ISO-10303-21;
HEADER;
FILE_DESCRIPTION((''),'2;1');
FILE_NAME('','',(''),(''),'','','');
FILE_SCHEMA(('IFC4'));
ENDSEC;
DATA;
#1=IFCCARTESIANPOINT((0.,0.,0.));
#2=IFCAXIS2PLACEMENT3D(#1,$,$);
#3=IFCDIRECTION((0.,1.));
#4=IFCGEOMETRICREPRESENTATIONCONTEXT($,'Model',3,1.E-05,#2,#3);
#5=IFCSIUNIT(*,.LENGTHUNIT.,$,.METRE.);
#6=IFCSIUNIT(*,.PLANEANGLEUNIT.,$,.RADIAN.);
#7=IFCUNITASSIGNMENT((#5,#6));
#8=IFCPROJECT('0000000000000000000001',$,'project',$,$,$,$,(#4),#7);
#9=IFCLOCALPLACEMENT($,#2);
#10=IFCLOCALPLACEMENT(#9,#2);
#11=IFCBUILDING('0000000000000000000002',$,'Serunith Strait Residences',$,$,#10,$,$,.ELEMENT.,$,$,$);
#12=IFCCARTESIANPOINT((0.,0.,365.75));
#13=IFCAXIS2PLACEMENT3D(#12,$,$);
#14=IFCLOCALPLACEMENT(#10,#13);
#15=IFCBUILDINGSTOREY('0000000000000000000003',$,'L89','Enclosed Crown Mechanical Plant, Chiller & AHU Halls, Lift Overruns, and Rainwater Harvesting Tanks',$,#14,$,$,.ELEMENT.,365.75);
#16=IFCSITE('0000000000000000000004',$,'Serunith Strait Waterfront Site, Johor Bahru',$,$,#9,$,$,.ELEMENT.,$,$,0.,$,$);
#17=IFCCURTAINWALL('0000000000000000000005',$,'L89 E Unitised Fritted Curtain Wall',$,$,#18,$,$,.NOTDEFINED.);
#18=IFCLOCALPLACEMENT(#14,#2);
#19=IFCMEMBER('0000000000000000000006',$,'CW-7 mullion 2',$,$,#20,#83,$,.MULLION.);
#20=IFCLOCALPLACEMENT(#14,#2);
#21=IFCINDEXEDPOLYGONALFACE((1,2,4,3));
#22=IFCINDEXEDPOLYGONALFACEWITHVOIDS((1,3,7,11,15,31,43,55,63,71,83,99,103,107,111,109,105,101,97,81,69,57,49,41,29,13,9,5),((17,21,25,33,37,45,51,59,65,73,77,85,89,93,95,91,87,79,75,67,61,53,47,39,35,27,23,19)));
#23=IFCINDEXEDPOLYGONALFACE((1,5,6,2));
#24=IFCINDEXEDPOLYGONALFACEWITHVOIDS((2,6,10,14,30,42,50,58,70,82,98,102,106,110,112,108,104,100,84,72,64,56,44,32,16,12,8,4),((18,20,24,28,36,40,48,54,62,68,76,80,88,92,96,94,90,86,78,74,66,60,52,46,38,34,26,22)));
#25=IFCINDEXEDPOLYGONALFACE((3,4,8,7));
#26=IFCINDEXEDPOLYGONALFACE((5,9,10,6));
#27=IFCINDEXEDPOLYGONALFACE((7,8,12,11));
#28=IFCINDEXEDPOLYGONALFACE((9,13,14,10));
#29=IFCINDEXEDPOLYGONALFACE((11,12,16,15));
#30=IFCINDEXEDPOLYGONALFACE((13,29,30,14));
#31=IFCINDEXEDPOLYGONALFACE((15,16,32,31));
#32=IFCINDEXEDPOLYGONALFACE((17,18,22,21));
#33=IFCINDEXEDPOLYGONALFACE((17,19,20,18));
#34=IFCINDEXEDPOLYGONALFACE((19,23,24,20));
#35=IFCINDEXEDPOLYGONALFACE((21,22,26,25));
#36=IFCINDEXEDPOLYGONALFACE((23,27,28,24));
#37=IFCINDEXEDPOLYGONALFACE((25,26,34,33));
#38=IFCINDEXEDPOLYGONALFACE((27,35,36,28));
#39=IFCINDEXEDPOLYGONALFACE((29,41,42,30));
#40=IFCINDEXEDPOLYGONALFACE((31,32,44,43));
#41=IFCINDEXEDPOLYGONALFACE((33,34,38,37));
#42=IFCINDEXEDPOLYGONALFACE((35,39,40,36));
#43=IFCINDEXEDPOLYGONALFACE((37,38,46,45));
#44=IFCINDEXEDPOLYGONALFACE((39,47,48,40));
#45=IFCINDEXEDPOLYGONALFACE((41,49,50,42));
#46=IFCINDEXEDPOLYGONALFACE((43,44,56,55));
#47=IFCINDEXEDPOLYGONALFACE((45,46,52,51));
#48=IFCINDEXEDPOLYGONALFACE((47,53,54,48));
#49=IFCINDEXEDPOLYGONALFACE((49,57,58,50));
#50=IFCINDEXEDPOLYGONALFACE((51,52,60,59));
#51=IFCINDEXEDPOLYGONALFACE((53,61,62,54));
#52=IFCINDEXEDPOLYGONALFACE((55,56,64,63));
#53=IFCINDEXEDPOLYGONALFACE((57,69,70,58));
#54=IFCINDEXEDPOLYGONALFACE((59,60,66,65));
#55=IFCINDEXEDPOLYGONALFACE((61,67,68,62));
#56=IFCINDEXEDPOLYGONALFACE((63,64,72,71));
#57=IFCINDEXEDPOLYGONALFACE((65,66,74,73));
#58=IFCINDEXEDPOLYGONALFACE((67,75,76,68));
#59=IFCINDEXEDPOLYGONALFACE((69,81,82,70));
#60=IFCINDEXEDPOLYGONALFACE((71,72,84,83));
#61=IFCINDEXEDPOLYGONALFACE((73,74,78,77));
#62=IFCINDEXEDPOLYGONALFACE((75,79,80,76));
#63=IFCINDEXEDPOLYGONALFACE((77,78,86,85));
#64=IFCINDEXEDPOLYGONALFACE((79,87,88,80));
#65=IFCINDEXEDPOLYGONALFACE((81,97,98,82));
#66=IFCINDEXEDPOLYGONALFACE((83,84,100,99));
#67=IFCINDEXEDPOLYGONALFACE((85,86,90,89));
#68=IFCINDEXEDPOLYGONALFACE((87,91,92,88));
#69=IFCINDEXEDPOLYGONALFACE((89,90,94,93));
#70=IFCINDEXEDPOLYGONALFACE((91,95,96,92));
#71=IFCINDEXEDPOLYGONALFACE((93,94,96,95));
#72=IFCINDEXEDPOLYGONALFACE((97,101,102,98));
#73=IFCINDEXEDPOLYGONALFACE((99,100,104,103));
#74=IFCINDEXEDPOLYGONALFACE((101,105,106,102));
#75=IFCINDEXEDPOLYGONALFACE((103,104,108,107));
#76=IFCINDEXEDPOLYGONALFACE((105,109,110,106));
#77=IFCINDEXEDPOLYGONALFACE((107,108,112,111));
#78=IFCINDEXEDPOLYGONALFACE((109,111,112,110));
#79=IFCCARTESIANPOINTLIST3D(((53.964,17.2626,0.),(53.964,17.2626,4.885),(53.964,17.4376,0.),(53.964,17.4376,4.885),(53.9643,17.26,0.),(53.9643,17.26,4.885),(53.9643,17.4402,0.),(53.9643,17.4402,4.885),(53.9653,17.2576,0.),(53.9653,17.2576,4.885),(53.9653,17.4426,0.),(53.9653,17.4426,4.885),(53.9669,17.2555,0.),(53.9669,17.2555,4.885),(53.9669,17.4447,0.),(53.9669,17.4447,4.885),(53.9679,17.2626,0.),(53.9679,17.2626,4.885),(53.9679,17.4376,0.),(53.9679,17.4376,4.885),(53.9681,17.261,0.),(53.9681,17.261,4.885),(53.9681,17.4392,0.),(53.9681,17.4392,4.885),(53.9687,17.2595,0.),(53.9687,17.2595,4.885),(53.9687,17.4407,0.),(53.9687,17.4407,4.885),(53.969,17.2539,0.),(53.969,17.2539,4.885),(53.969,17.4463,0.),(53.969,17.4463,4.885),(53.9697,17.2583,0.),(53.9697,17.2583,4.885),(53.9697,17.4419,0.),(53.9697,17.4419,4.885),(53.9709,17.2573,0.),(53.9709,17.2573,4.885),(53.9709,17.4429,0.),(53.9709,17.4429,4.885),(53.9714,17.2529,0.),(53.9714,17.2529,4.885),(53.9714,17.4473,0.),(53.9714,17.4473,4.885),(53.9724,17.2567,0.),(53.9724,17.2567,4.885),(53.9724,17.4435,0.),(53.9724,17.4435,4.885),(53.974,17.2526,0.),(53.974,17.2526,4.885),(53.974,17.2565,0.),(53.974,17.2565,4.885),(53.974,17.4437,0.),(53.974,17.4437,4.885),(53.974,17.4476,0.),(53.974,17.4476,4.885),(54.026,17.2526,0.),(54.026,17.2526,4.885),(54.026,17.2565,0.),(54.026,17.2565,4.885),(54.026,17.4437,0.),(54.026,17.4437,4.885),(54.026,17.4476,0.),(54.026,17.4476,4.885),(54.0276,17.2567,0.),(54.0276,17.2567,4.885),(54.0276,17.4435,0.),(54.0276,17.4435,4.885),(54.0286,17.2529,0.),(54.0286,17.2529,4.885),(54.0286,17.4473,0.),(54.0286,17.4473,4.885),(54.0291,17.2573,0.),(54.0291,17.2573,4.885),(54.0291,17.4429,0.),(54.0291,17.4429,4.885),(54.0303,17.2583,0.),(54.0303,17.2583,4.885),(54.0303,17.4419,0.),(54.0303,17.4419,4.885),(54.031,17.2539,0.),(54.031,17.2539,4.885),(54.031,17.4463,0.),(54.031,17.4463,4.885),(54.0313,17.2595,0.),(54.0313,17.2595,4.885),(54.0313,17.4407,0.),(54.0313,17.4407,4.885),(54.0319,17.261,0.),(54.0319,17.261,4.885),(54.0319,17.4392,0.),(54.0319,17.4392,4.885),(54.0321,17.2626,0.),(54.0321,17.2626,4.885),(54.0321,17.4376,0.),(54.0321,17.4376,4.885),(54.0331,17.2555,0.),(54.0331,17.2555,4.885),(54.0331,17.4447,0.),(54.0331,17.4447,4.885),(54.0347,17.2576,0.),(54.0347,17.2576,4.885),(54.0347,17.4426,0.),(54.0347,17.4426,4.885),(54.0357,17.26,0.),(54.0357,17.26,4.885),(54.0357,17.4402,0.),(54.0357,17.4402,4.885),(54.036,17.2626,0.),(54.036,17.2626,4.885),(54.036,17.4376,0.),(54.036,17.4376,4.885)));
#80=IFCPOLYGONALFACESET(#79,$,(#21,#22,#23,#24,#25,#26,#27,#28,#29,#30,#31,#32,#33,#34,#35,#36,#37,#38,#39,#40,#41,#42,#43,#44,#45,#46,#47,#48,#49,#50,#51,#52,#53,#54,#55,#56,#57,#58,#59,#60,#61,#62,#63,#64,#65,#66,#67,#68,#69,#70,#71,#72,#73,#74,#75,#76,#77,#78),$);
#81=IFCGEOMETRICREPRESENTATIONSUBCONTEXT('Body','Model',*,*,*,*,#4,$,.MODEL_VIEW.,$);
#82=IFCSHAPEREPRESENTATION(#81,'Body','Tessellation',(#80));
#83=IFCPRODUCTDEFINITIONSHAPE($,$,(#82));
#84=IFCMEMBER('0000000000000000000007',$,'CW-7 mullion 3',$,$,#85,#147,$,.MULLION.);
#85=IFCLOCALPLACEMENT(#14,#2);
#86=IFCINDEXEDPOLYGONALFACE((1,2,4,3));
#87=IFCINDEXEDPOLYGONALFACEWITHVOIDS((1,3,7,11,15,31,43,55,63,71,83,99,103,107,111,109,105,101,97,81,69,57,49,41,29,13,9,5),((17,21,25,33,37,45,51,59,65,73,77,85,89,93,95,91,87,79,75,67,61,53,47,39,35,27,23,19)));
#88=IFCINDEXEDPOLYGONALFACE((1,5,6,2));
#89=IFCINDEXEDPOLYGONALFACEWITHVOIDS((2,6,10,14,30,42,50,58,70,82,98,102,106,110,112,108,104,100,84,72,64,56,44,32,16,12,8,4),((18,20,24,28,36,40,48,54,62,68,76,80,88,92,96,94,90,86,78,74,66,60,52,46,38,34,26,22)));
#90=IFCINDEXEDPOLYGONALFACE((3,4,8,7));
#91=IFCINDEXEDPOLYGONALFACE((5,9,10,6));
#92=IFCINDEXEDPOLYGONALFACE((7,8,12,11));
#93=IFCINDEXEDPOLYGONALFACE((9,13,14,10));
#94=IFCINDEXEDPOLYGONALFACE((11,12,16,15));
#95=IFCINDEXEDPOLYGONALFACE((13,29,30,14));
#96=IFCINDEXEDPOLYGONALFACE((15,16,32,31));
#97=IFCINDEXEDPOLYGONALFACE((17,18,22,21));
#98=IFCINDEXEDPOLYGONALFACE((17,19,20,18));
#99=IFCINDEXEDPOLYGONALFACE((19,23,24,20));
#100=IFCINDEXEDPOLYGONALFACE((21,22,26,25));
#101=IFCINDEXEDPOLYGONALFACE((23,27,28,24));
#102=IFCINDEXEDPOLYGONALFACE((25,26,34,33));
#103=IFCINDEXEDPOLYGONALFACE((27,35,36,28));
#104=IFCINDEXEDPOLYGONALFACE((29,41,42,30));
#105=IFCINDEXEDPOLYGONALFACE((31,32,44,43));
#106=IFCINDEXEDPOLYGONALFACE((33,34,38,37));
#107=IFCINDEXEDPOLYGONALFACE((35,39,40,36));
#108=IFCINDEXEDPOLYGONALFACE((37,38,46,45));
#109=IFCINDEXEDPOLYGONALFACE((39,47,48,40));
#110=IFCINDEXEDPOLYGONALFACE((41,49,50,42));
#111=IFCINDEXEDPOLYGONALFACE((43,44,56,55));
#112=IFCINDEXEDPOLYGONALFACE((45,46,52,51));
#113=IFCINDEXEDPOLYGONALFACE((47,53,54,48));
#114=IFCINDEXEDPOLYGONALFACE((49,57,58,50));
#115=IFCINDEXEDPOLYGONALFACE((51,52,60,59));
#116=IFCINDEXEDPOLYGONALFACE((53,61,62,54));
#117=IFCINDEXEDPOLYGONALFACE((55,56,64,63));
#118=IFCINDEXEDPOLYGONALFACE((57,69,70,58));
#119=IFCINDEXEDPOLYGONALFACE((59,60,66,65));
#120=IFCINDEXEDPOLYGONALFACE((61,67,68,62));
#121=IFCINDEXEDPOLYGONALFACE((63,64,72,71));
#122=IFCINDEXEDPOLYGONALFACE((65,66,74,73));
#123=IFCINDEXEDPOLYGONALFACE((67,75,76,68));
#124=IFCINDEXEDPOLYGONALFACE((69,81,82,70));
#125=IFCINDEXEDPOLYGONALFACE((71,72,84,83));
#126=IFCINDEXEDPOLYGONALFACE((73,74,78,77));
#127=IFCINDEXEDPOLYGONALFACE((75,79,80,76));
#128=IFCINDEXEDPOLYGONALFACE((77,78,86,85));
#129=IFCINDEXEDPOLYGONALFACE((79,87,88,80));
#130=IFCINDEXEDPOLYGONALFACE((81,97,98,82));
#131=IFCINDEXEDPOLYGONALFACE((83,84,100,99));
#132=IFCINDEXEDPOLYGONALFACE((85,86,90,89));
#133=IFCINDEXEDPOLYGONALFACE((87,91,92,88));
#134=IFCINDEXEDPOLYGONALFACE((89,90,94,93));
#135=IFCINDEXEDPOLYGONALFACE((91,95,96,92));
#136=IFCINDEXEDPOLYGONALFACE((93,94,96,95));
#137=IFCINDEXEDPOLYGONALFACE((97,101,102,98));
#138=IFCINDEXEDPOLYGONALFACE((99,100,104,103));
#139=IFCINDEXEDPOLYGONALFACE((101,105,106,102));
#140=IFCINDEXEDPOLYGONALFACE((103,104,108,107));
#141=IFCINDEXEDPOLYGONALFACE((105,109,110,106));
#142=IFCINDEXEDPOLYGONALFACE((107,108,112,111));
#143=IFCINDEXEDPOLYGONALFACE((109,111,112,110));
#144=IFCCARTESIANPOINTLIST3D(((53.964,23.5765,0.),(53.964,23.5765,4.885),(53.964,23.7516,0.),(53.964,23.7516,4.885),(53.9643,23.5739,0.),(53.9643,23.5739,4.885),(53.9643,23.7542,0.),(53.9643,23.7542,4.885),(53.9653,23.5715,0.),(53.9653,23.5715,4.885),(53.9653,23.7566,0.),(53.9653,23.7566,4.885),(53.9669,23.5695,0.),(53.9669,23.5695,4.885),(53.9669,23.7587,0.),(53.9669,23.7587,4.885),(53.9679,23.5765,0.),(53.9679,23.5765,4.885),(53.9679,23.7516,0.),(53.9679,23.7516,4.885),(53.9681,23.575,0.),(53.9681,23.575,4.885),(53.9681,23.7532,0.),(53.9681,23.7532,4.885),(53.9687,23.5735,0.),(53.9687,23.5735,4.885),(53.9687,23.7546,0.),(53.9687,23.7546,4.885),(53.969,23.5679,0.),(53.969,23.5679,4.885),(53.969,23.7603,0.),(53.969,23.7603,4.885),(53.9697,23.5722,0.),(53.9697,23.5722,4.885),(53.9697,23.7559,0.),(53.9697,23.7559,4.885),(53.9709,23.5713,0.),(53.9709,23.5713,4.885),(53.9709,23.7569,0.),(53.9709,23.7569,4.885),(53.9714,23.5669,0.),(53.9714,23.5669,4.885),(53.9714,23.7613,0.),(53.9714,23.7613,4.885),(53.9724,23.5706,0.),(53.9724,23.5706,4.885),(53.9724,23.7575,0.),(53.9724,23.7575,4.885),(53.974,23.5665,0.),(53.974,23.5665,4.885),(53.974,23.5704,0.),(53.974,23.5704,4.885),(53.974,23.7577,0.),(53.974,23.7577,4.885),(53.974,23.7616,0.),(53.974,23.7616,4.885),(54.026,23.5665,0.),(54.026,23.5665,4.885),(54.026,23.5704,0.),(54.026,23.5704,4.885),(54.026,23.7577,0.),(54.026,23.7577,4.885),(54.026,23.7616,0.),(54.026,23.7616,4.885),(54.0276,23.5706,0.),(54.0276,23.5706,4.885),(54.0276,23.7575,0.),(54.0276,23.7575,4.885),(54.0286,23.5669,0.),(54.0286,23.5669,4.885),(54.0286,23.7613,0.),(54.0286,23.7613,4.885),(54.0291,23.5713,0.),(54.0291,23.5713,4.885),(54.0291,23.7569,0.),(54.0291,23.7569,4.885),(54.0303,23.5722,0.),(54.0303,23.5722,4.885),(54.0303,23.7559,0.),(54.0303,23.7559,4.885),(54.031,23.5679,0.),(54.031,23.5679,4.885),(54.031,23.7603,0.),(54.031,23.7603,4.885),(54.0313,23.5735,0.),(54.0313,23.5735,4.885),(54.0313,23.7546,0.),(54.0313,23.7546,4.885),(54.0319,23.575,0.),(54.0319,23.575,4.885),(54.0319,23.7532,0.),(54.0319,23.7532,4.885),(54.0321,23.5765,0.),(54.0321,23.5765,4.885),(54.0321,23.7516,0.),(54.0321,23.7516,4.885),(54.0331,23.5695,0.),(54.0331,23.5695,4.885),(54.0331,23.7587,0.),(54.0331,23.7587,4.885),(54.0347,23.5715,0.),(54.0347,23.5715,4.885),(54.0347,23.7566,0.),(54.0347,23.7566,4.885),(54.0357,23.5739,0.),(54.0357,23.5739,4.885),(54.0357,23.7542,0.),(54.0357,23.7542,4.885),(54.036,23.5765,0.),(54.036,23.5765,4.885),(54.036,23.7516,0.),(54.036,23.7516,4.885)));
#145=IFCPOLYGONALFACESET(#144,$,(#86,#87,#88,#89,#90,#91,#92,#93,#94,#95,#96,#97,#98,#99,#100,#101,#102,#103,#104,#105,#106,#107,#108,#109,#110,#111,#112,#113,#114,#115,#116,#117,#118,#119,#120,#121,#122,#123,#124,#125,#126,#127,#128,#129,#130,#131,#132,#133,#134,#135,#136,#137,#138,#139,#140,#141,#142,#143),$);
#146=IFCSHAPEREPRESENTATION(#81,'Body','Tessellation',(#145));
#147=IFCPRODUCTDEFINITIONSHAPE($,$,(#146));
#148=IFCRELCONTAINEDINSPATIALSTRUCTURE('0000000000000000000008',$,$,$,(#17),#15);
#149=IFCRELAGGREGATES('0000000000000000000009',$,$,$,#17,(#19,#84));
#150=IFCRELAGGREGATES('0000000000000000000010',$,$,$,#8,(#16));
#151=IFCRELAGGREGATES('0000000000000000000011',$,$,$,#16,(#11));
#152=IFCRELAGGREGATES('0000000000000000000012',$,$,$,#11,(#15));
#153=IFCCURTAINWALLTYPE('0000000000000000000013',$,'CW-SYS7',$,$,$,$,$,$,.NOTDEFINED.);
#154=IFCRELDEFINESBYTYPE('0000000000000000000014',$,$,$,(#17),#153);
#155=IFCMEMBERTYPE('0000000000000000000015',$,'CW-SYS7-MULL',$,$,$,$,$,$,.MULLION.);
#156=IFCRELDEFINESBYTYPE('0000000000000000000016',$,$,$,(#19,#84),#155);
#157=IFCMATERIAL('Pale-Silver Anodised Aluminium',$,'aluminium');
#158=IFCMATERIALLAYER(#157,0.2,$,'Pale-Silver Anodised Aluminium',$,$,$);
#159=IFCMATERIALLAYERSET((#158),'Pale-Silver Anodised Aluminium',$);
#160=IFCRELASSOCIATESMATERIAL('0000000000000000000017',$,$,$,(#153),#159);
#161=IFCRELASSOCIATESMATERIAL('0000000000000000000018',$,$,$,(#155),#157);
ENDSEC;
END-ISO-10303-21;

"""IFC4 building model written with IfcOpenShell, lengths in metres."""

from ifc_helpers import new_model, si_unit, direction, frame, origin, origin_2d, place, context, subcontext, project, spatial, hollow_rectangle, extrude, source, transform, mapped, material, layer, layer_set, material_profile, profile_set, type_object, element, aggregate, save


model = new_model("IFC4")

# Units and contexts
model_context = context("Model", 3, precision=1e-05, world=origin(), true_north=direction((0.0, 1.0)))
body_context = subcontext(model_context, "Body", "Model", "MODEL_VIEW")
ifc_project = project(units=[si_unit("LENGTHUNIT", "METRE"), si_unit("PLANEANGLEUNIT", "RADIAN")], contexts=[model_context])

# Site, building, storey
site_placement = place(None, origin())
site = spatial("IfcSite", under=ifc_project, at=site_placement, Name="Serunith Strait Waterfront Site, Johor Bahru", CompositionType="ELEMENT", RefElevation=0.0)
building_placement = place(site_placement, origin())
building = spatial("IfcBuilding", under=site, at=building_placement, Name="Serunith Strait Residences", CompositionType="ELEMENT")
storey_placement = place(building_placement, frame((0.0, 0.0, 365.75)))
storey = spatial("IfcBuildingStorey", under=building, at=storey_placement, Name="L89", Description="Enclosed Crown Mechanical Plant, Chiller & AHU Halls, Lift Overruns, and Rainwater Harvesting Tanks", CompositionType="ELEMENT", Elevation=365.75)

# Shared definitions
ifc_material_1 = material(Name="Pale-Silver Anodised Aluminium", Category="aluminium")
ifc_layer_1 = layer(ifc_material_1, 0.2, Name="Pale-Silver Anodised Aluminium")
ifc_layer_set_1 = layer_set([ifc_layer_1], Name="Pale-Silver Anodised Aluminium")
curtain_wall_type = type_object("IfcCurtainWallType", Name="CW-SYS7", PredefinedType="NOTDEFINED", material=ifc_layer_set_1)
ifc_material_profile_1 = material_profile(ifc_material_1, hollow_rectangle(XDim=0.072, YDim=0.1951, WallThickness=0.0039, InnerFilletRadius=0.0061, OuterFilletRadius=0.01, at=origin_2d()), Name="ALU 195x72x4")
ifc_profile_set_1 = profile_set([ifc_material_profile_1], Name="Pale-Silver Anodised Aluminium")
member_type_1 = type_object("IfcMemberType", Name="CW-SYS7-MULL", PredefinedType="MULLION", material=ifc_profile_set_1)
shared_shape_1 = source(origin(), body_context, "Body", "SweptSolid", [
    extrude(hollow_rectangle(XDim=0.072, YDim=0.1951, WallThickness=0.0039, InnerFilletRadius=0.0061, OuterFilletRadius=0.01, at=origin_2d()), origin(), (0.0, 0.0, 1.0), 4.885),
])

# Curtain wall, members
curtain_wall_1_placement = place(storey_placement, origin())
curtain_wall_1 = element("IfcCurtainWall", 1, at=curtain_wall_1_placement, inside=storey, type_object=curtain_wall_type, Name="L89 E Unitised Fritted Curtain Wall", PredefinedType="NOTDEFINED")
member_1_placement = place(storey_placement, frame((54.0, 17.3501, 0.0), z_axis=(0.0, 0.0, 1.0), x_axis=(-1.0, 0.0, 0.0)))
member_1 = element("IfcMember", 2, at=member_1_placement, type_object=member_type_1, Name="CW-7 mullion 2", PredefinedType="MULLION", context=body_context, shape_type="MappedRepresentation", body=[
    mapped(shared_shape_1, transform((0.0, 0.0, 0.0), scale=1.0)),
])
member_2_placement = place(storey_placement, frame((54.0, 23.6641, 0.0), z_axis=(0.0, 0.0, 1.0), x_axis=(-1.0, 0.0, 0.0)))
member_2 = element("IfcMember", 3, at=member_2_placement, type_object=member_type_1, Name="CW-7 mullion 3", PredefinedType="MULLION", context=body_context, shape_type="MappedRepresentation", body=[
    mapped(shared_shape_1, transform((0.0, 0.0, 0.0), scale=1.0)),
])

aggregate(curtain_wall_1, [member_1, member_2])

save(model, "model.ifc")
